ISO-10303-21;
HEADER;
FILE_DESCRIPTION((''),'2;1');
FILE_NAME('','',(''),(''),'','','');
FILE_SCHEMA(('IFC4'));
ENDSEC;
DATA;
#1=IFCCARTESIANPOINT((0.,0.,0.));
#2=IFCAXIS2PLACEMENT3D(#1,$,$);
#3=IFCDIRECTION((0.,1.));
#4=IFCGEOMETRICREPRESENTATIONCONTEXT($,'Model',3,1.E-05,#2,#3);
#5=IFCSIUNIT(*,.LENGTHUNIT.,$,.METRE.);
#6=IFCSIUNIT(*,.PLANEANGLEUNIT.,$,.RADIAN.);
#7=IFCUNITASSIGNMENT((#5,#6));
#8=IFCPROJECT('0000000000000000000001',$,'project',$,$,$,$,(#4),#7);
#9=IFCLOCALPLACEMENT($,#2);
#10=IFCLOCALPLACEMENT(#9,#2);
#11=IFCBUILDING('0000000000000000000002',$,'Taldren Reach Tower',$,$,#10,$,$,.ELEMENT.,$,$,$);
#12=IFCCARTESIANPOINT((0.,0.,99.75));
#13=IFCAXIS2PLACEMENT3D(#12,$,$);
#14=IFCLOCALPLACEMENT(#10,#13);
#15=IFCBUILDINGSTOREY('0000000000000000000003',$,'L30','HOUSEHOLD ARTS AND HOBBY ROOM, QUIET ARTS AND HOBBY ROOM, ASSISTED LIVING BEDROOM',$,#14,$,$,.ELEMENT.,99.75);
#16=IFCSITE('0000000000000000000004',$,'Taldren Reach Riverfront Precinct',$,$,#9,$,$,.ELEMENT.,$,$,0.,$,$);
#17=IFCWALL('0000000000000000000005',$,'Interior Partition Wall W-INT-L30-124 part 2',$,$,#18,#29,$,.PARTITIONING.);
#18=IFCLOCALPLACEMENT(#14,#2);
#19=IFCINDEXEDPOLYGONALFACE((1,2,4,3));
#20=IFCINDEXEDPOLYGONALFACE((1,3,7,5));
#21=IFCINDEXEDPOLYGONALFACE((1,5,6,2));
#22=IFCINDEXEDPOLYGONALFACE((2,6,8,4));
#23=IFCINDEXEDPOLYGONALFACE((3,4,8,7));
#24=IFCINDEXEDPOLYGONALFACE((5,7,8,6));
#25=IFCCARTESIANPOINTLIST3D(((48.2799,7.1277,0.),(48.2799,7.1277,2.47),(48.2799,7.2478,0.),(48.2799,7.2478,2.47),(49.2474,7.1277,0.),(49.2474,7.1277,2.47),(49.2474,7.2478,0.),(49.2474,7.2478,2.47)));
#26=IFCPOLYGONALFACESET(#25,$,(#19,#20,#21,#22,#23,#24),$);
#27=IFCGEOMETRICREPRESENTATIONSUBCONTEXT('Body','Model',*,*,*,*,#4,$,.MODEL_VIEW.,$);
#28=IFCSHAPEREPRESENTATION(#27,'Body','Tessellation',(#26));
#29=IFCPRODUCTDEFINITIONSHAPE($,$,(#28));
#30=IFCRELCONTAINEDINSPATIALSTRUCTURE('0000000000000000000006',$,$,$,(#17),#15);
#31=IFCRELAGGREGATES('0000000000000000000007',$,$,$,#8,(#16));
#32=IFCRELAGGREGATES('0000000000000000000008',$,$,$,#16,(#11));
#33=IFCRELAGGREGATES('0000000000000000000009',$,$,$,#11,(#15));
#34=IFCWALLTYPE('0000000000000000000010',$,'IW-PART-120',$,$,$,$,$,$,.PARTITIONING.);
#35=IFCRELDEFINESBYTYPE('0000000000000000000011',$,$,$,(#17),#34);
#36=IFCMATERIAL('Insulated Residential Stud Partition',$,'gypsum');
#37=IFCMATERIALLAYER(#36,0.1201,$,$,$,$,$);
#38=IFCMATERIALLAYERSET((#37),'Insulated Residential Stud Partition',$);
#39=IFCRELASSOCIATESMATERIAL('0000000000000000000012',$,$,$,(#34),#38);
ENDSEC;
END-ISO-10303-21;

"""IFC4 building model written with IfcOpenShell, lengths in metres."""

from ifc_helpers import new_model, si_unit, direction, frame, frame_2d, origin, place, context, subcontext, project, spatial, rectangle, extrude, source, transform, mapped, material, layer, layer_set, type_object, element, save


model = new_model("IFC4")

# Units and contexts
model_context = context("Model", 3, precision=1e-05, world=origin(), true_north=direction((0.0, 1.0)))
body_context = subcontext(model_context, "Body", "Model", "MODEL_VIEW")
ifc_project = project(units=[si_unit("LENGTHUNIT", "METRE"), si_unit("PLANEANGLEUNIT", "RADIAN")], contexts=[model_context])

# Site, building, storey
site_placement = place(None, origin())
site = spatial("IfcSite", under=ifc_project, at=site_placement, Name="Taldren Reach Riverfront Precinct", CompositionType="ELEMENT", RefElevation=0.0)
building_placement = place(site_placement, origin())
building = spatial("IfcBuilding", under=site, at=building_placement, Name="Taldren Reach Tower", CompositionType="ELEMENT")
storey_placement = place(building_placement, frame((0.0, 0.0, 99.75)))
storey = spatial("IfcBuildingStorey", under=building, at=storey_placement, Name="L30", Description="HOUSEHOLD ARTS AND HOBBY ROOM, QUIET ARTS AND HOBBY ROOM, ASSISTED LIVING BEDROOM", CompositionType="ELEMENT", Elevation=99.75)

# Shared definitions
ifc_material_1 = material(Name="Insulated Residential Stud Partition", Category="gypsum")
ifc_layer_1 = layer(ifc_material_1, 0.1201)
ifc_layer_set_1 = layer_set([ifc_layer_1], Name="Insulated Residential Stud Partition")
wall_type_1 = type_object("IfcWallType", Name="IW-PART-120", PredefinedType="PARTITIONING", material=ifc_layer_set_1)

# Wall
shared_shape_1 = source(origin(), body_context, "Body", "SweptSolid", [
    extrude(rectangle(XDim=0.9675, YDim=0.1201, at=frame_2d((0.4839, 0.0))), origin(), (0.0, 0.0, 1.0), 2.47),
])
wall_1_placement = place(storey_placement, frame((49.2476, 7.1877, 0.0), z_axis=(0.0, 0.0, 1.0), x_axis=(-1.0, 0.0, 0.0)))
element("IfcWall", 1, at=wall_1_placement, inside=storey, type_object=wall_type_1, Name="Interior Partition Wall W-INT-L30-124 part 2", PredefinedType="PARTITIONING", context=body_context, shape_type="MappedRepresentation", body=[
    mapped(shared_shape_1, transform((0.0, 0.0, 0.0), scale=1.0)),
])

save(model, "model.ifc")
